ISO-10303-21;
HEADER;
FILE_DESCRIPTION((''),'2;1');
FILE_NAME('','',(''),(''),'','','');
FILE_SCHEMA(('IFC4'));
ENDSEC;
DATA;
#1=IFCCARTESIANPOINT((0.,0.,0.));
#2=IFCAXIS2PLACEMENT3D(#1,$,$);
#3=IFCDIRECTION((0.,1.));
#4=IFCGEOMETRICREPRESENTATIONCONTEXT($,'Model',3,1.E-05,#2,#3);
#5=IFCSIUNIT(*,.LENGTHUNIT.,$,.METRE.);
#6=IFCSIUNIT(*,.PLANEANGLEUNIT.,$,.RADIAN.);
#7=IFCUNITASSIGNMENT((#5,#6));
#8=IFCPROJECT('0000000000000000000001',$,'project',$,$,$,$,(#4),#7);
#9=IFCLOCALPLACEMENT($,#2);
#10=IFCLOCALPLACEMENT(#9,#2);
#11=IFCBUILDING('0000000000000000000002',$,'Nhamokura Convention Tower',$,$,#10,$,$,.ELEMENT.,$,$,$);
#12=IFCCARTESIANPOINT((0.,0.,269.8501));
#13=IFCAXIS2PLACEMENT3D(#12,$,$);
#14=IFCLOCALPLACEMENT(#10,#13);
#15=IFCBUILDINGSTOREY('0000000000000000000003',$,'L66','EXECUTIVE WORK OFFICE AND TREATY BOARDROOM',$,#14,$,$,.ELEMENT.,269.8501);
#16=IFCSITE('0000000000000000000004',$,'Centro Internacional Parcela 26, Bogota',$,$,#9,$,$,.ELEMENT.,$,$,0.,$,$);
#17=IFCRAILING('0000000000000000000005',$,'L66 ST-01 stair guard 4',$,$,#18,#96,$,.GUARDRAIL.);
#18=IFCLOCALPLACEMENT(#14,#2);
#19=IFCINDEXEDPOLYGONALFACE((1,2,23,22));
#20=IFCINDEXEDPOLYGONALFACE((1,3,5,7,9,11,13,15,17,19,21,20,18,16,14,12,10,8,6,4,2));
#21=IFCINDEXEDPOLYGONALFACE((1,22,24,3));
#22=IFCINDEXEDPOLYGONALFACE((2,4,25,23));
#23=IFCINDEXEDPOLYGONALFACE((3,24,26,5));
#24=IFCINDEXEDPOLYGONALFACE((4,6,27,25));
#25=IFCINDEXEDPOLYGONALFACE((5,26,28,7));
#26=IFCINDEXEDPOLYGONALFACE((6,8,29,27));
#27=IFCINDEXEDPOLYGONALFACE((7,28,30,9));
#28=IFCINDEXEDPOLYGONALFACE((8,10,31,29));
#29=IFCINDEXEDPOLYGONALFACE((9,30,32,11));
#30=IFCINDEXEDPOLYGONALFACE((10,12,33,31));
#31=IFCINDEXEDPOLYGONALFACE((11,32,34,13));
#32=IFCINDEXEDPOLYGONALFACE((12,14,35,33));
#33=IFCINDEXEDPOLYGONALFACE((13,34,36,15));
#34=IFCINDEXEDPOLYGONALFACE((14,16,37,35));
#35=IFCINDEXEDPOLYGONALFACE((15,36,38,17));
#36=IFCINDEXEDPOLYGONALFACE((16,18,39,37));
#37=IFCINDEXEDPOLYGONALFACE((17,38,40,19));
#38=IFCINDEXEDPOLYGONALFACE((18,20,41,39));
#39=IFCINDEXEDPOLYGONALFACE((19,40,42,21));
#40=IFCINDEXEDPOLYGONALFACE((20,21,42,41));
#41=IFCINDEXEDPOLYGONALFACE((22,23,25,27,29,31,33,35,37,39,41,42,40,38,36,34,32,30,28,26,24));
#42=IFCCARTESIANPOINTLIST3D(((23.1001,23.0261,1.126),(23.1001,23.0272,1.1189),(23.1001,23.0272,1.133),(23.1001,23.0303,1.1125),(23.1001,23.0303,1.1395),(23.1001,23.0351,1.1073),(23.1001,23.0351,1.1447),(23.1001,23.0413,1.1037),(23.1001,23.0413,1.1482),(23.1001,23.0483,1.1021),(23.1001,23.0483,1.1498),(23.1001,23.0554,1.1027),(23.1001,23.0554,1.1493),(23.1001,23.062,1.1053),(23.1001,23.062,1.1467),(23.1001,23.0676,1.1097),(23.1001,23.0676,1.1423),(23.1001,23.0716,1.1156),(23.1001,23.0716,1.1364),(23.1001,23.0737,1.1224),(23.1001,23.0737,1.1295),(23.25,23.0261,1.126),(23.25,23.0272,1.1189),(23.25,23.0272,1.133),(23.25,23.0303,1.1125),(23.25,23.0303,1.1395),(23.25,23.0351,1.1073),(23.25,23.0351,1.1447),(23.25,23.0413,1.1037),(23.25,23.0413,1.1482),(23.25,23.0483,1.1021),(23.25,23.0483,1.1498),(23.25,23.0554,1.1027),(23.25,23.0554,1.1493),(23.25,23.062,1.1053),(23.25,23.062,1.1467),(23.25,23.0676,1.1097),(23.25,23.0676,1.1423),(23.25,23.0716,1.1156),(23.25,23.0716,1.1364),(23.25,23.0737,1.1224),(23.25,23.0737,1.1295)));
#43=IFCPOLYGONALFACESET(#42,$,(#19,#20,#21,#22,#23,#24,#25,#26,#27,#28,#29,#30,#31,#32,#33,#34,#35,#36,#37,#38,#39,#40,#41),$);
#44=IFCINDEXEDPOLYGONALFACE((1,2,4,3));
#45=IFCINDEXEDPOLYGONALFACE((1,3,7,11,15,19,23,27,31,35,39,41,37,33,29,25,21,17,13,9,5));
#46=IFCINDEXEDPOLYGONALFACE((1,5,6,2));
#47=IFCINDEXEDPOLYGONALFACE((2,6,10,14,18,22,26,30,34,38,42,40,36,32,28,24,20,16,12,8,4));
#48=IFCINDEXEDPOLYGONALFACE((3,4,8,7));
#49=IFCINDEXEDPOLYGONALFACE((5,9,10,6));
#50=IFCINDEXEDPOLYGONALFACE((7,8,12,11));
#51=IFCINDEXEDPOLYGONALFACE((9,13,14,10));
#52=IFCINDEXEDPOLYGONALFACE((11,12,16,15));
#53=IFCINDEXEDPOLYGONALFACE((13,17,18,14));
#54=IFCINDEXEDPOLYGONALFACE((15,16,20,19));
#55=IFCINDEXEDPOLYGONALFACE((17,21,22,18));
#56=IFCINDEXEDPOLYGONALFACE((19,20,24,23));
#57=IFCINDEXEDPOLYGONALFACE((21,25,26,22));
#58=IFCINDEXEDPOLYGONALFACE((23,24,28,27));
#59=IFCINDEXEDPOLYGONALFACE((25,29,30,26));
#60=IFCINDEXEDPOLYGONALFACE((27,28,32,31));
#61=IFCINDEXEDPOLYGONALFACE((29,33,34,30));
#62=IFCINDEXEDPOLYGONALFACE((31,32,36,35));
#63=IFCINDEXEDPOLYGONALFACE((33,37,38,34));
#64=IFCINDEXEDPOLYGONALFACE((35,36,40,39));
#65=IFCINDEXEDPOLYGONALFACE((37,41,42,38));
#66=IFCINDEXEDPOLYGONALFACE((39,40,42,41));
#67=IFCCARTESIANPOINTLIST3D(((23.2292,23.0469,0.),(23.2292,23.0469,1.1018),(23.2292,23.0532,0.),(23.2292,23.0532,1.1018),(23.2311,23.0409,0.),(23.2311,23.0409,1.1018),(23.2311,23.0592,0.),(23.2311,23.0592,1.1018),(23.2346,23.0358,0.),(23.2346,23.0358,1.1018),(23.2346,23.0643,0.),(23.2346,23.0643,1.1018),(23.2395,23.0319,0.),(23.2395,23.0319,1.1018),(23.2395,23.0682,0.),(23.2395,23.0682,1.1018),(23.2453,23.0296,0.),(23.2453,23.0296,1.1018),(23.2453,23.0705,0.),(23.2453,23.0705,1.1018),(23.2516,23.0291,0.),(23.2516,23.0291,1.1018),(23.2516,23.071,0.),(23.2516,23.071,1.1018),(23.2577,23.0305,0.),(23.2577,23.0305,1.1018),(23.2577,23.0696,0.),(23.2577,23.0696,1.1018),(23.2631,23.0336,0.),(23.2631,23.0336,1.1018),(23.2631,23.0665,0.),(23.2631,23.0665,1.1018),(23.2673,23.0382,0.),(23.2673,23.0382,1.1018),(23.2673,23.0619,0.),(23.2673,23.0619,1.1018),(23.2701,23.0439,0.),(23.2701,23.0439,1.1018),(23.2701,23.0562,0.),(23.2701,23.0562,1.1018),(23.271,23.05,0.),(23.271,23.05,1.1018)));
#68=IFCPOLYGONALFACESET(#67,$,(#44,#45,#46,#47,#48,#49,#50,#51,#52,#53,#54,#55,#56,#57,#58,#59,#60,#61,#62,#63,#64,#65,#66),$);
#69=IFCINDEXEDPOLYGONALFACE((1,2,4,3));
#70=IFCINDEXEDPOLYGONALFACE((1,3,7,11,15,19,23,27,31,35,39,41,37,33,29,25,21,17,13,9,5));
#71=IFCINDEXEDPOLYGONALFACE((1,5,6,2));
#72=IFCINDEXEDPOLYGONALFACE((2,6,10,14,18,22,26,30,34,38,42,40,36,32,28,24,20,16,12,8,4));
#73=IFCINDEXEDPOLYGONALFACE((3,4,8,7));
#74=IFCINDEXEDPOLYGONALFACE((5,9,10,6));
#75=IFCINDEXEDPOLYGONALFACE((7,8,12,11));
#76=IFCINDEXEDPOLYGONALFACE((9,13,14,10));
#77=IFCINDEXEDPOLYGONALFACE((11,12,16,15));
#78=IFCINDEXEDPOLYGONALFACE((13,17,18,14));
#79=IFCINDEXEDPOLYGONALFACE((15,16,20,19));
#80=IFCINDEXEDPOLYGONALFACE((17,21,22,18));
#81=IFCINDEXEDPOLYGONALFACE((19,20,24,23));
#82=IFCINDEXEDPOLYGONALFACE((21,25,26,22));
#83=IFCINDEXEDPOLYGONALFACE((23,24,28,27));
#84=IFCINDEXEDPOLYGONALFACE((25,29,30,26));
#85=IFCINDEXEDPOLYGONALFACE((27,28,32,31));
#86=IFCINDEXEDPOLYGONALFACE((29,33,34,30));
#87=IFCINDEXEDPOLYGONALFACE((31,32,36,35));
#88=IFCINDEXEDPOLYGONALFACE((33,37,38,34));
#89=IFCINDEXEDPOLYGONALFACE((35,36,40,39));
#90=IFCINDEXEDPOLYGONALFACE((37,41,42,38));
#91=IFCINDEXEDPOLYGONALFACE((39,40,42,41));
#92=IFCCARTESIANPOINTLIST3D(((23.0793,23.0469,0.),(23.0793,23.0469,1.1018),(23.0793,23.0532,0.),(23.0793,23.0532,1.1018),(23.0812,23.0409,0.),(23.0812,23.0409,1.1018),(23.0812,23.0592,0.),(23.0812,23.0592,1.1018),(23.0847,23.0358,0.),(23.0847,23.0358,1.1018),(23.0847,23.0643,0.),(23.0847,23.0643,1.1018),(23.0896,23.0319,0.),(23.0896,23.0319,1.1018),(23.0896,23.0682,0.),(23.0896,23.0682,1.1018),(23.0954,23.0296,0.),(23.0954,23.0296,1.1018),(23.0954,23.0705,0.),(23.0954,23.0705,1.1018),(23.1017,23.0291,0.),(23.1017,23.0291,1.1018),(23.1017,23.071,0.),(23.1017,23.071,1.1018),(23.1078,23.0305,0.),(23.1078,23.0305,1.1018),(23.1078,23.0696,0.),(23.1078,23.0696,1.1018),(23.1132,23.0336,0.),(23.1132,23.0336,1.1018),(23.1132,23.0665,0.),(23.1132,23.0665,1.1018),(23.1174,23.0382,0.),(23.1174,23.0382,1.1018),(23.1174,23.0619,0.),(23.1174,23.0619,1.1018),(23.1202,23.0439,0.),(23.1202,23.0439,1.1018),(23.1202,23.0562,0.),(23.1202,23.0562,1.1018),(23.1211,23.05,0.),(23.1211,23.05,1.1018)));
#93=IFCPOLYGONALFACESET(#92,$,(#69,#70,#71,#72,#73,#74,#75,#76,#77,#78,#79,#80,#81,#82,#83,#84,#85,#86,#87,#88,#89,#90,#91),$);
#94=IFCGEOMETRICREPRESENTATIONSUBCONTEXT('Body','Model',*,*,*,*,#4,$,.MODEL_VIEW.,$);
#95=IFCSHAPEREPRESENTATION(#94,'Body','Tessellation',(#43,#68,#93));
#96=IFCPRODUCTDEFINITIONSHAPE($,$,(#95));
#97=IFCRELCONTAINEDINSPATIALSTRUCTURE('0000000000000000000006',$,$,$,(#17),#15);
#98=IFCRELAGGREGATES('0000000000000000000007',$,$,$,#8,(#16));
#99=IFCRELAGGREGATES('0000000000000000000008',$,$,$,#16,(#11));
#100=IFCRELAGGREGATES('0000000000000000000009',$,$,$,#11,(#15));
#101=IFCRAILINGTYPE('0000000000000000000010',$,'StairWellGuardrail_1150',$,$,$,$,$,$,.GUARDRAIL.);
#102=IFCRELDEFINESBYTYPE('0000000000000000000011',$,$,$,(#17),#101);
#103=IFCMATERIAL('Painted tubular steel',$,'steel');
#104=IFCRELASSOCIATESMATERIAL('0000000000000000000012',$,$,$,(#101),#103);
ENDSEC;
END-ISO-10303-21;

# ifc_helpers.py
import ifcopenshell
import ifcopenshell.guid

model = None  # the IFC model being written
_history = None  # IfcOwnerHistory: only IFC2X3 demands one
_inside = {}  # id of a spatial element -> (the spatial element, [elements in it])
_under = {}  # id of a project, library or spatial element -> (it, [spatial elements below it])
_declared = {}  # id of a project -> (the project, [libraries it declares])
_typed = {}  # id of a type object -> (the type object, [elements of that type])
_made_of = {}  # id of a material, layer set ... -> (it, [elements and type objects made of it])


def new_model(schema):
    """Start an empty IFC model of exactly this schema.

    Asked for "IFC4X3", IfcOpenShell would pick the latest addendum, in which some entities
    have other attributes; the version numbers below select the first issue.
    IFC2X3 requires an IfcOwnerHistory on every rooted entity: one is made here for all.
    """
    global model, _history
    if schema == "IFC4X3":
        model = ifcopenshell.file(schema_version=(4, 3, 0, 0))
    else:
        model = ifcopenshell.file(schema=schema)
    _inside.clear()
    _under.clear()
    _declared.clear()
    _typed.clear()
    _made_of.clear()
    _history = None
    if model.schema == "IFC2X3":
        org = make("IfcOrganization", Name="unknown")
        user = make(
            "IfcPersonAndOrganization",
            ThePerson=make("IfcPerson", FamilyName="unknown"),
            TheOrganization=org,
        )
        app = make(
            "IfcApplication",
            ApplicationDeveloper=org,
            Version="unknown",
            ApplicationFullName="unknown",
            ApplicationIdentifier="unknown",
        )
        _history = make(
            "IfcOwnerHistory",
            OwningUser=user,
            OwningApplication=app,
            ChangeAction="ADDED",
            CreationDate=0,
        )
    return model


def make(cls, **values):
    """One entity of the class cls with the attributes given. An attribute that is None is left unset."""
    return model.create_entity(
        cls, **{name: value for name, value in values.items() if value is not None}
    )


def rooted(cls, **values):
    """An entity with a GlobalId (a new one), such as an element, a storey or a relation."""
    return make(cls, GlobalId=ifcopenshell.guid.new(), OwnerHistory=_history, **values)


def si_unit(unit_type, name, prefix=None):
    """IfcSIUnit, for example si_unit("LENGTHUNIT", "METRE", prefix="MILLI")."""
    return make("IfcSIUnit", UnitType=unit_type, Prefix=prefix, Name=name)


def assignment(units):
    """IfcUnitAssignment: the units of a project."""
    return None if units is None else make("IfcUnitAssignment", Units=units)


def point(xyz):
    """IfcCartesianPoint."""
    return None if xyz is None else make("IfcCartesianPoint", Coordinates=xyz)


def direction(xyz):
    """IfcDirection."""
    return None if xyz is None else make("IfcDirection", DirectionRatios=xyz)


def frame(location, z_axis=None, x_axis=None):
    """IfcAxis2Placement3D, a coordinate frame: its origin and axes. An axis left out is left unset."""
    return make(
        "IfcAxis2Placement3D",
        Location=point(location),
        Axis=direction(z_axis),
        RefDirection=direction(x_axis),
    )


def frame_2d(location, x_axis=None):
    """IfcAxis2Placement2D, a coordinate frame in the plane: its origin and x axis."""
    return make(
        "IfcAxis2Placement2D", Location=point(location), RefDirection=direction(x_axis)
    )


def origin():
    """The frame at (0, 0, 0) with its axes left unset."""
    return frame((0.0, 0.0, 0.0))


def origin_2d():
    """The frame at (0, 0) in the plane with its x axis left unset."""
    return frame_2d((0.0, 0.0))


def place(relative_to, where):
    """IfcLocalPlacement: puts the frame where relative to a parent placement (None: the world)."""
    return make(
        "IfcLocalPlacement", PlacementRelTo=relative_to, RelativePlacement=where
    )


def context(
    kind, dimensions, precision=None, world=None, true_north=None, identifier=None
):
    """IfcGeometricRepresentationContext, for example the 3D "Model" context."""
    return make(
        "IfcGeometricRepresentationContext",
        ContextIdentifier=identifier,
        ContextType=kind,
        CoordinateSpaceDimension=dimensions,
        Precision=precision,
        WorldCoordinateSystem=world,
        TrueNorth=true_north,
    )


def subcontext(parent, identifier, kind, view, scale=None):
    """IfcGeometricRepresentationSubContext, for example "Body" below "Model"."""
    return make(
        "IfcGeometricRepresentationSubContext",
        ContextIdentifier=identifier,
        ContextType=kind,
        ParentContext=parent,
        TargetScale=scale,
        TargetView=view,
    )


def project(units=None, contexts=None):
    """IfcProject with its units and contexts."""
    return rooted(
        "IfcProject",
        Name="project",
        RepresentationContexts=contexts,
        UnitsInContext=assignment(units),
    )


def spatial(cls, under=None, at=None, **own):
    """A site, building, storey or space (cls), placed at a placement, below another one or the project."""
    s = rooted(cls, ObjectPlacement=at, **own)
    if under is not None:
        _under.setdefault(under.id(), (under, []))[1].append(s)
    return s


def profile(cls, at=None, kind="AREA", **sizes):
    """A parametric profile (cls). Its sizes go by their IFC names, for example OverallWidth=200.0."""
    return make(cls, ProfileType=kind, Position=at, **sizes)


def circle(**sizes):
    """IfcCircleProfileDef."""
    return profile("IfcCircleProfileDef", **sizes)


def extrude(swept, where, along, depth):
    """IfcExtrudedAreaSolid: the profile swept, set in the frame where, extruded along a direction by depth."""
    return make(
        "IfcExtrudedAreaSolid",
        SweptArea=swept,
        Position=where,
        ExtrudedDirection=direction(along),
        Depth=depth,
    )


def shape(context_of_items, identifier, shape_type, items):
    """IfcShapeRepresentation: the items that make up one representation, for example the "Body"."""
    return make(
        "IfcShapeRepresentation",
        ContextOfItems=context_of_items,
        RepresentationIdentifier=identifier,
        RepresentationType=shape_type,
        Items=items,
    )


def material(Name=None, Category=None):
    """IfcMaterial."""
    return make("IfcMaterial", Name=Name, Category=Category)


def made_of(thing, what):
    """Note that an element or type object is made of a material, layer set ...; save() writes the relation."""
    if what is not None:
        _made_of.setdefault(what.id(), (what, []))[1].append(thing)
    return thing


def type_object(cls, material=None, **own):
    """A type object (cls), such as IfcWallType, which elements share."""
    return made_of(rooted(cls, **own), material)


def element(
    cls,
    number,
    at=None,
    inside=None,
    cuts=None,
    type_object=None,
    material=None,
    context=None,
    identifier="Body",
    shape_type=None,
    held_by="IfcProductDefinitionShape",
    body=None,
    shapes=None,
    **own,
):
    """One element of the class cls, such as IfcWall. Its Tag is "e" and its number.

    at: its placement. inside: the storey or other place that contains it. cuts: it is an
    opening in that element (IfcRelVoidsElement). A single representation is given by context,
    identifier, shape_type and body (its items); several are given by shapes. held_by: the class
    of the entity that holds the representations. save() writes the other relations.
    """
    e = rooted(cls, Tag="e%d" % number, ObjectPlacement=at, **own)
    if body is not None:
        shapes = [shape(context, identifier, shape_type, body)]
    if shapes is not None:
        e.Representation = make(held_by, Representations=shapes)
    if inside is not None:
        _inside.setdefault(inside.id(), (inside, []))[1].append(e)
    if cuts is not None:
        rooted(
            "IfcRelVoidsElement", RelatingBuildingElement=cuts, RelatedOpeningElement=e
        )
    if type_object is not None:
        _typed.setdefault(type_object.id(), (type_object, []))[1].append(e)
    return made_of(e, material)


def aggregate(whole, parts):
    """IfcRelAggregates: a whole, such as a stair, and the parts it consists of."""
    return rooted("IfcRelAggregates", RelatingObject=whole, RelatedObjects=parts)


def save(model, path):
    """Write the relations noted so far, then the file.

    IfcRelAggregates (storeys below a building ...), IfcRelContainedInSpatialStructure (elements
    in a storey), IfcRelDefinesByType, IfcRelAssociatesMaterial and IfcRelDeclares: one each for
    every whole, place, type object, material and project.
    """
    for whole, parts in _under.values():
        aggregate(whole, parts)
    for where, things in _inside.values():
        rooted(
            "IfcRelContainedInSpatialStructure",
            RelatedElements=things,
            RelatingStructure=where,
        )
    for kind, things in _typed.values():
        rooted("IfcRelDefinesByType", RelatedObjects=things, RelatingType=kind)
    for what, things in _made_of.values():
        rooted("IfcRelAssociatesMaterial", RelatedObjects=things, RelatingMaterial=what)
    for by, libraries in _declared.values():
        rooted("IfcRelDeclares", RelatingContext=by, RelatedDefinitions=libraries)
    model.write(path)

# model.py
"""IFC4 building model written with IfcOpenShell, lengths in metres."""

from ifc_helpers import new_model, si_unit, direction, frame, origin, origin_2d, place, context, subcontext, project, spatial, circle, extrude, material, type_object, element, save


model = new_model("IFC4")

# Units and contexts
model_context = context("Model", 3, precision=1e-05, world=origin(), true_north=direction((0.0, 1.0)))
body_context = subcontext(model_context, "Body", "Model", "MODEL_VIEW")
ifc_project = project(units=[si_unit("LENGTHUNIT", "METRE"), si_unit("PLANEANGLEUNIT", "RADIAN")], contexts=[model_context])

# Site, building, storey
site_placement = place(None, origin())
site = spatial("IfcSite", under=ifc_project, at=site_placement, Name="Centro Internacional Parcela 26, Bogota", CompositionType="ELEMENT", RefElevation=0.0)
building_placement = place(site_placement, origin())
building = spatial("IfcBuilding", under=site, at=building_placement, Name="Nhamokura Convention Tower", CompositionType="ELEMENT")
storey_placement = place(building_placement, frame((0.0, 0.0, 269.8501)))
storey = spatial("IfcBuildingStorey", under=building, at=storey_placement, Name="L66", Description="EXECUTIVE WORK OFFICE AND TREATY BOARDROOM", CompositionType="ELEMENT", Elevation=269.8501)

# Railing
ifc_material_1 = material(Name="Painted tubular steel", Category="steel")
railing_type_1 = type_object("IfcRailingType", Name="StairWellGuardrail_1150", PredefinedType="GUARDRAIL", material=ifc_material_1)
railing_1_placement = place(storey_placement, frame((23.25, 23.05, 0.0)))
element("IfcRailing", 1, at=railing_1_placement, inside=storey, type_object=railing_type_1, Name="L66 ST-01 stair guard 4", PredefinedType="GUARDRAIL", context=body_context, shape_type="SweptSolid", body=[
    extrude(circle(Radius=0.0239, at=origin_2d()), frame((0.0, 0.0, 1.126), z_axis=(-1.0, 0.0, 0.0), x_axis=(0.0, -1.0, 0.0)), (0.0, 0.0, 1.0), 0.1499),
    extrude(circle(Radius=0.021, at=origin_2d()), origin(), (0.0, 0.0, 1.0), 1.1018),
    extrude(circle(Radius=0.021, at=origin_2d()), frame((-0.1499, 0.0, 0.0)), (0.0, 0.0, 1.0), 1.1018),
])

save(model, "model.ifc")
